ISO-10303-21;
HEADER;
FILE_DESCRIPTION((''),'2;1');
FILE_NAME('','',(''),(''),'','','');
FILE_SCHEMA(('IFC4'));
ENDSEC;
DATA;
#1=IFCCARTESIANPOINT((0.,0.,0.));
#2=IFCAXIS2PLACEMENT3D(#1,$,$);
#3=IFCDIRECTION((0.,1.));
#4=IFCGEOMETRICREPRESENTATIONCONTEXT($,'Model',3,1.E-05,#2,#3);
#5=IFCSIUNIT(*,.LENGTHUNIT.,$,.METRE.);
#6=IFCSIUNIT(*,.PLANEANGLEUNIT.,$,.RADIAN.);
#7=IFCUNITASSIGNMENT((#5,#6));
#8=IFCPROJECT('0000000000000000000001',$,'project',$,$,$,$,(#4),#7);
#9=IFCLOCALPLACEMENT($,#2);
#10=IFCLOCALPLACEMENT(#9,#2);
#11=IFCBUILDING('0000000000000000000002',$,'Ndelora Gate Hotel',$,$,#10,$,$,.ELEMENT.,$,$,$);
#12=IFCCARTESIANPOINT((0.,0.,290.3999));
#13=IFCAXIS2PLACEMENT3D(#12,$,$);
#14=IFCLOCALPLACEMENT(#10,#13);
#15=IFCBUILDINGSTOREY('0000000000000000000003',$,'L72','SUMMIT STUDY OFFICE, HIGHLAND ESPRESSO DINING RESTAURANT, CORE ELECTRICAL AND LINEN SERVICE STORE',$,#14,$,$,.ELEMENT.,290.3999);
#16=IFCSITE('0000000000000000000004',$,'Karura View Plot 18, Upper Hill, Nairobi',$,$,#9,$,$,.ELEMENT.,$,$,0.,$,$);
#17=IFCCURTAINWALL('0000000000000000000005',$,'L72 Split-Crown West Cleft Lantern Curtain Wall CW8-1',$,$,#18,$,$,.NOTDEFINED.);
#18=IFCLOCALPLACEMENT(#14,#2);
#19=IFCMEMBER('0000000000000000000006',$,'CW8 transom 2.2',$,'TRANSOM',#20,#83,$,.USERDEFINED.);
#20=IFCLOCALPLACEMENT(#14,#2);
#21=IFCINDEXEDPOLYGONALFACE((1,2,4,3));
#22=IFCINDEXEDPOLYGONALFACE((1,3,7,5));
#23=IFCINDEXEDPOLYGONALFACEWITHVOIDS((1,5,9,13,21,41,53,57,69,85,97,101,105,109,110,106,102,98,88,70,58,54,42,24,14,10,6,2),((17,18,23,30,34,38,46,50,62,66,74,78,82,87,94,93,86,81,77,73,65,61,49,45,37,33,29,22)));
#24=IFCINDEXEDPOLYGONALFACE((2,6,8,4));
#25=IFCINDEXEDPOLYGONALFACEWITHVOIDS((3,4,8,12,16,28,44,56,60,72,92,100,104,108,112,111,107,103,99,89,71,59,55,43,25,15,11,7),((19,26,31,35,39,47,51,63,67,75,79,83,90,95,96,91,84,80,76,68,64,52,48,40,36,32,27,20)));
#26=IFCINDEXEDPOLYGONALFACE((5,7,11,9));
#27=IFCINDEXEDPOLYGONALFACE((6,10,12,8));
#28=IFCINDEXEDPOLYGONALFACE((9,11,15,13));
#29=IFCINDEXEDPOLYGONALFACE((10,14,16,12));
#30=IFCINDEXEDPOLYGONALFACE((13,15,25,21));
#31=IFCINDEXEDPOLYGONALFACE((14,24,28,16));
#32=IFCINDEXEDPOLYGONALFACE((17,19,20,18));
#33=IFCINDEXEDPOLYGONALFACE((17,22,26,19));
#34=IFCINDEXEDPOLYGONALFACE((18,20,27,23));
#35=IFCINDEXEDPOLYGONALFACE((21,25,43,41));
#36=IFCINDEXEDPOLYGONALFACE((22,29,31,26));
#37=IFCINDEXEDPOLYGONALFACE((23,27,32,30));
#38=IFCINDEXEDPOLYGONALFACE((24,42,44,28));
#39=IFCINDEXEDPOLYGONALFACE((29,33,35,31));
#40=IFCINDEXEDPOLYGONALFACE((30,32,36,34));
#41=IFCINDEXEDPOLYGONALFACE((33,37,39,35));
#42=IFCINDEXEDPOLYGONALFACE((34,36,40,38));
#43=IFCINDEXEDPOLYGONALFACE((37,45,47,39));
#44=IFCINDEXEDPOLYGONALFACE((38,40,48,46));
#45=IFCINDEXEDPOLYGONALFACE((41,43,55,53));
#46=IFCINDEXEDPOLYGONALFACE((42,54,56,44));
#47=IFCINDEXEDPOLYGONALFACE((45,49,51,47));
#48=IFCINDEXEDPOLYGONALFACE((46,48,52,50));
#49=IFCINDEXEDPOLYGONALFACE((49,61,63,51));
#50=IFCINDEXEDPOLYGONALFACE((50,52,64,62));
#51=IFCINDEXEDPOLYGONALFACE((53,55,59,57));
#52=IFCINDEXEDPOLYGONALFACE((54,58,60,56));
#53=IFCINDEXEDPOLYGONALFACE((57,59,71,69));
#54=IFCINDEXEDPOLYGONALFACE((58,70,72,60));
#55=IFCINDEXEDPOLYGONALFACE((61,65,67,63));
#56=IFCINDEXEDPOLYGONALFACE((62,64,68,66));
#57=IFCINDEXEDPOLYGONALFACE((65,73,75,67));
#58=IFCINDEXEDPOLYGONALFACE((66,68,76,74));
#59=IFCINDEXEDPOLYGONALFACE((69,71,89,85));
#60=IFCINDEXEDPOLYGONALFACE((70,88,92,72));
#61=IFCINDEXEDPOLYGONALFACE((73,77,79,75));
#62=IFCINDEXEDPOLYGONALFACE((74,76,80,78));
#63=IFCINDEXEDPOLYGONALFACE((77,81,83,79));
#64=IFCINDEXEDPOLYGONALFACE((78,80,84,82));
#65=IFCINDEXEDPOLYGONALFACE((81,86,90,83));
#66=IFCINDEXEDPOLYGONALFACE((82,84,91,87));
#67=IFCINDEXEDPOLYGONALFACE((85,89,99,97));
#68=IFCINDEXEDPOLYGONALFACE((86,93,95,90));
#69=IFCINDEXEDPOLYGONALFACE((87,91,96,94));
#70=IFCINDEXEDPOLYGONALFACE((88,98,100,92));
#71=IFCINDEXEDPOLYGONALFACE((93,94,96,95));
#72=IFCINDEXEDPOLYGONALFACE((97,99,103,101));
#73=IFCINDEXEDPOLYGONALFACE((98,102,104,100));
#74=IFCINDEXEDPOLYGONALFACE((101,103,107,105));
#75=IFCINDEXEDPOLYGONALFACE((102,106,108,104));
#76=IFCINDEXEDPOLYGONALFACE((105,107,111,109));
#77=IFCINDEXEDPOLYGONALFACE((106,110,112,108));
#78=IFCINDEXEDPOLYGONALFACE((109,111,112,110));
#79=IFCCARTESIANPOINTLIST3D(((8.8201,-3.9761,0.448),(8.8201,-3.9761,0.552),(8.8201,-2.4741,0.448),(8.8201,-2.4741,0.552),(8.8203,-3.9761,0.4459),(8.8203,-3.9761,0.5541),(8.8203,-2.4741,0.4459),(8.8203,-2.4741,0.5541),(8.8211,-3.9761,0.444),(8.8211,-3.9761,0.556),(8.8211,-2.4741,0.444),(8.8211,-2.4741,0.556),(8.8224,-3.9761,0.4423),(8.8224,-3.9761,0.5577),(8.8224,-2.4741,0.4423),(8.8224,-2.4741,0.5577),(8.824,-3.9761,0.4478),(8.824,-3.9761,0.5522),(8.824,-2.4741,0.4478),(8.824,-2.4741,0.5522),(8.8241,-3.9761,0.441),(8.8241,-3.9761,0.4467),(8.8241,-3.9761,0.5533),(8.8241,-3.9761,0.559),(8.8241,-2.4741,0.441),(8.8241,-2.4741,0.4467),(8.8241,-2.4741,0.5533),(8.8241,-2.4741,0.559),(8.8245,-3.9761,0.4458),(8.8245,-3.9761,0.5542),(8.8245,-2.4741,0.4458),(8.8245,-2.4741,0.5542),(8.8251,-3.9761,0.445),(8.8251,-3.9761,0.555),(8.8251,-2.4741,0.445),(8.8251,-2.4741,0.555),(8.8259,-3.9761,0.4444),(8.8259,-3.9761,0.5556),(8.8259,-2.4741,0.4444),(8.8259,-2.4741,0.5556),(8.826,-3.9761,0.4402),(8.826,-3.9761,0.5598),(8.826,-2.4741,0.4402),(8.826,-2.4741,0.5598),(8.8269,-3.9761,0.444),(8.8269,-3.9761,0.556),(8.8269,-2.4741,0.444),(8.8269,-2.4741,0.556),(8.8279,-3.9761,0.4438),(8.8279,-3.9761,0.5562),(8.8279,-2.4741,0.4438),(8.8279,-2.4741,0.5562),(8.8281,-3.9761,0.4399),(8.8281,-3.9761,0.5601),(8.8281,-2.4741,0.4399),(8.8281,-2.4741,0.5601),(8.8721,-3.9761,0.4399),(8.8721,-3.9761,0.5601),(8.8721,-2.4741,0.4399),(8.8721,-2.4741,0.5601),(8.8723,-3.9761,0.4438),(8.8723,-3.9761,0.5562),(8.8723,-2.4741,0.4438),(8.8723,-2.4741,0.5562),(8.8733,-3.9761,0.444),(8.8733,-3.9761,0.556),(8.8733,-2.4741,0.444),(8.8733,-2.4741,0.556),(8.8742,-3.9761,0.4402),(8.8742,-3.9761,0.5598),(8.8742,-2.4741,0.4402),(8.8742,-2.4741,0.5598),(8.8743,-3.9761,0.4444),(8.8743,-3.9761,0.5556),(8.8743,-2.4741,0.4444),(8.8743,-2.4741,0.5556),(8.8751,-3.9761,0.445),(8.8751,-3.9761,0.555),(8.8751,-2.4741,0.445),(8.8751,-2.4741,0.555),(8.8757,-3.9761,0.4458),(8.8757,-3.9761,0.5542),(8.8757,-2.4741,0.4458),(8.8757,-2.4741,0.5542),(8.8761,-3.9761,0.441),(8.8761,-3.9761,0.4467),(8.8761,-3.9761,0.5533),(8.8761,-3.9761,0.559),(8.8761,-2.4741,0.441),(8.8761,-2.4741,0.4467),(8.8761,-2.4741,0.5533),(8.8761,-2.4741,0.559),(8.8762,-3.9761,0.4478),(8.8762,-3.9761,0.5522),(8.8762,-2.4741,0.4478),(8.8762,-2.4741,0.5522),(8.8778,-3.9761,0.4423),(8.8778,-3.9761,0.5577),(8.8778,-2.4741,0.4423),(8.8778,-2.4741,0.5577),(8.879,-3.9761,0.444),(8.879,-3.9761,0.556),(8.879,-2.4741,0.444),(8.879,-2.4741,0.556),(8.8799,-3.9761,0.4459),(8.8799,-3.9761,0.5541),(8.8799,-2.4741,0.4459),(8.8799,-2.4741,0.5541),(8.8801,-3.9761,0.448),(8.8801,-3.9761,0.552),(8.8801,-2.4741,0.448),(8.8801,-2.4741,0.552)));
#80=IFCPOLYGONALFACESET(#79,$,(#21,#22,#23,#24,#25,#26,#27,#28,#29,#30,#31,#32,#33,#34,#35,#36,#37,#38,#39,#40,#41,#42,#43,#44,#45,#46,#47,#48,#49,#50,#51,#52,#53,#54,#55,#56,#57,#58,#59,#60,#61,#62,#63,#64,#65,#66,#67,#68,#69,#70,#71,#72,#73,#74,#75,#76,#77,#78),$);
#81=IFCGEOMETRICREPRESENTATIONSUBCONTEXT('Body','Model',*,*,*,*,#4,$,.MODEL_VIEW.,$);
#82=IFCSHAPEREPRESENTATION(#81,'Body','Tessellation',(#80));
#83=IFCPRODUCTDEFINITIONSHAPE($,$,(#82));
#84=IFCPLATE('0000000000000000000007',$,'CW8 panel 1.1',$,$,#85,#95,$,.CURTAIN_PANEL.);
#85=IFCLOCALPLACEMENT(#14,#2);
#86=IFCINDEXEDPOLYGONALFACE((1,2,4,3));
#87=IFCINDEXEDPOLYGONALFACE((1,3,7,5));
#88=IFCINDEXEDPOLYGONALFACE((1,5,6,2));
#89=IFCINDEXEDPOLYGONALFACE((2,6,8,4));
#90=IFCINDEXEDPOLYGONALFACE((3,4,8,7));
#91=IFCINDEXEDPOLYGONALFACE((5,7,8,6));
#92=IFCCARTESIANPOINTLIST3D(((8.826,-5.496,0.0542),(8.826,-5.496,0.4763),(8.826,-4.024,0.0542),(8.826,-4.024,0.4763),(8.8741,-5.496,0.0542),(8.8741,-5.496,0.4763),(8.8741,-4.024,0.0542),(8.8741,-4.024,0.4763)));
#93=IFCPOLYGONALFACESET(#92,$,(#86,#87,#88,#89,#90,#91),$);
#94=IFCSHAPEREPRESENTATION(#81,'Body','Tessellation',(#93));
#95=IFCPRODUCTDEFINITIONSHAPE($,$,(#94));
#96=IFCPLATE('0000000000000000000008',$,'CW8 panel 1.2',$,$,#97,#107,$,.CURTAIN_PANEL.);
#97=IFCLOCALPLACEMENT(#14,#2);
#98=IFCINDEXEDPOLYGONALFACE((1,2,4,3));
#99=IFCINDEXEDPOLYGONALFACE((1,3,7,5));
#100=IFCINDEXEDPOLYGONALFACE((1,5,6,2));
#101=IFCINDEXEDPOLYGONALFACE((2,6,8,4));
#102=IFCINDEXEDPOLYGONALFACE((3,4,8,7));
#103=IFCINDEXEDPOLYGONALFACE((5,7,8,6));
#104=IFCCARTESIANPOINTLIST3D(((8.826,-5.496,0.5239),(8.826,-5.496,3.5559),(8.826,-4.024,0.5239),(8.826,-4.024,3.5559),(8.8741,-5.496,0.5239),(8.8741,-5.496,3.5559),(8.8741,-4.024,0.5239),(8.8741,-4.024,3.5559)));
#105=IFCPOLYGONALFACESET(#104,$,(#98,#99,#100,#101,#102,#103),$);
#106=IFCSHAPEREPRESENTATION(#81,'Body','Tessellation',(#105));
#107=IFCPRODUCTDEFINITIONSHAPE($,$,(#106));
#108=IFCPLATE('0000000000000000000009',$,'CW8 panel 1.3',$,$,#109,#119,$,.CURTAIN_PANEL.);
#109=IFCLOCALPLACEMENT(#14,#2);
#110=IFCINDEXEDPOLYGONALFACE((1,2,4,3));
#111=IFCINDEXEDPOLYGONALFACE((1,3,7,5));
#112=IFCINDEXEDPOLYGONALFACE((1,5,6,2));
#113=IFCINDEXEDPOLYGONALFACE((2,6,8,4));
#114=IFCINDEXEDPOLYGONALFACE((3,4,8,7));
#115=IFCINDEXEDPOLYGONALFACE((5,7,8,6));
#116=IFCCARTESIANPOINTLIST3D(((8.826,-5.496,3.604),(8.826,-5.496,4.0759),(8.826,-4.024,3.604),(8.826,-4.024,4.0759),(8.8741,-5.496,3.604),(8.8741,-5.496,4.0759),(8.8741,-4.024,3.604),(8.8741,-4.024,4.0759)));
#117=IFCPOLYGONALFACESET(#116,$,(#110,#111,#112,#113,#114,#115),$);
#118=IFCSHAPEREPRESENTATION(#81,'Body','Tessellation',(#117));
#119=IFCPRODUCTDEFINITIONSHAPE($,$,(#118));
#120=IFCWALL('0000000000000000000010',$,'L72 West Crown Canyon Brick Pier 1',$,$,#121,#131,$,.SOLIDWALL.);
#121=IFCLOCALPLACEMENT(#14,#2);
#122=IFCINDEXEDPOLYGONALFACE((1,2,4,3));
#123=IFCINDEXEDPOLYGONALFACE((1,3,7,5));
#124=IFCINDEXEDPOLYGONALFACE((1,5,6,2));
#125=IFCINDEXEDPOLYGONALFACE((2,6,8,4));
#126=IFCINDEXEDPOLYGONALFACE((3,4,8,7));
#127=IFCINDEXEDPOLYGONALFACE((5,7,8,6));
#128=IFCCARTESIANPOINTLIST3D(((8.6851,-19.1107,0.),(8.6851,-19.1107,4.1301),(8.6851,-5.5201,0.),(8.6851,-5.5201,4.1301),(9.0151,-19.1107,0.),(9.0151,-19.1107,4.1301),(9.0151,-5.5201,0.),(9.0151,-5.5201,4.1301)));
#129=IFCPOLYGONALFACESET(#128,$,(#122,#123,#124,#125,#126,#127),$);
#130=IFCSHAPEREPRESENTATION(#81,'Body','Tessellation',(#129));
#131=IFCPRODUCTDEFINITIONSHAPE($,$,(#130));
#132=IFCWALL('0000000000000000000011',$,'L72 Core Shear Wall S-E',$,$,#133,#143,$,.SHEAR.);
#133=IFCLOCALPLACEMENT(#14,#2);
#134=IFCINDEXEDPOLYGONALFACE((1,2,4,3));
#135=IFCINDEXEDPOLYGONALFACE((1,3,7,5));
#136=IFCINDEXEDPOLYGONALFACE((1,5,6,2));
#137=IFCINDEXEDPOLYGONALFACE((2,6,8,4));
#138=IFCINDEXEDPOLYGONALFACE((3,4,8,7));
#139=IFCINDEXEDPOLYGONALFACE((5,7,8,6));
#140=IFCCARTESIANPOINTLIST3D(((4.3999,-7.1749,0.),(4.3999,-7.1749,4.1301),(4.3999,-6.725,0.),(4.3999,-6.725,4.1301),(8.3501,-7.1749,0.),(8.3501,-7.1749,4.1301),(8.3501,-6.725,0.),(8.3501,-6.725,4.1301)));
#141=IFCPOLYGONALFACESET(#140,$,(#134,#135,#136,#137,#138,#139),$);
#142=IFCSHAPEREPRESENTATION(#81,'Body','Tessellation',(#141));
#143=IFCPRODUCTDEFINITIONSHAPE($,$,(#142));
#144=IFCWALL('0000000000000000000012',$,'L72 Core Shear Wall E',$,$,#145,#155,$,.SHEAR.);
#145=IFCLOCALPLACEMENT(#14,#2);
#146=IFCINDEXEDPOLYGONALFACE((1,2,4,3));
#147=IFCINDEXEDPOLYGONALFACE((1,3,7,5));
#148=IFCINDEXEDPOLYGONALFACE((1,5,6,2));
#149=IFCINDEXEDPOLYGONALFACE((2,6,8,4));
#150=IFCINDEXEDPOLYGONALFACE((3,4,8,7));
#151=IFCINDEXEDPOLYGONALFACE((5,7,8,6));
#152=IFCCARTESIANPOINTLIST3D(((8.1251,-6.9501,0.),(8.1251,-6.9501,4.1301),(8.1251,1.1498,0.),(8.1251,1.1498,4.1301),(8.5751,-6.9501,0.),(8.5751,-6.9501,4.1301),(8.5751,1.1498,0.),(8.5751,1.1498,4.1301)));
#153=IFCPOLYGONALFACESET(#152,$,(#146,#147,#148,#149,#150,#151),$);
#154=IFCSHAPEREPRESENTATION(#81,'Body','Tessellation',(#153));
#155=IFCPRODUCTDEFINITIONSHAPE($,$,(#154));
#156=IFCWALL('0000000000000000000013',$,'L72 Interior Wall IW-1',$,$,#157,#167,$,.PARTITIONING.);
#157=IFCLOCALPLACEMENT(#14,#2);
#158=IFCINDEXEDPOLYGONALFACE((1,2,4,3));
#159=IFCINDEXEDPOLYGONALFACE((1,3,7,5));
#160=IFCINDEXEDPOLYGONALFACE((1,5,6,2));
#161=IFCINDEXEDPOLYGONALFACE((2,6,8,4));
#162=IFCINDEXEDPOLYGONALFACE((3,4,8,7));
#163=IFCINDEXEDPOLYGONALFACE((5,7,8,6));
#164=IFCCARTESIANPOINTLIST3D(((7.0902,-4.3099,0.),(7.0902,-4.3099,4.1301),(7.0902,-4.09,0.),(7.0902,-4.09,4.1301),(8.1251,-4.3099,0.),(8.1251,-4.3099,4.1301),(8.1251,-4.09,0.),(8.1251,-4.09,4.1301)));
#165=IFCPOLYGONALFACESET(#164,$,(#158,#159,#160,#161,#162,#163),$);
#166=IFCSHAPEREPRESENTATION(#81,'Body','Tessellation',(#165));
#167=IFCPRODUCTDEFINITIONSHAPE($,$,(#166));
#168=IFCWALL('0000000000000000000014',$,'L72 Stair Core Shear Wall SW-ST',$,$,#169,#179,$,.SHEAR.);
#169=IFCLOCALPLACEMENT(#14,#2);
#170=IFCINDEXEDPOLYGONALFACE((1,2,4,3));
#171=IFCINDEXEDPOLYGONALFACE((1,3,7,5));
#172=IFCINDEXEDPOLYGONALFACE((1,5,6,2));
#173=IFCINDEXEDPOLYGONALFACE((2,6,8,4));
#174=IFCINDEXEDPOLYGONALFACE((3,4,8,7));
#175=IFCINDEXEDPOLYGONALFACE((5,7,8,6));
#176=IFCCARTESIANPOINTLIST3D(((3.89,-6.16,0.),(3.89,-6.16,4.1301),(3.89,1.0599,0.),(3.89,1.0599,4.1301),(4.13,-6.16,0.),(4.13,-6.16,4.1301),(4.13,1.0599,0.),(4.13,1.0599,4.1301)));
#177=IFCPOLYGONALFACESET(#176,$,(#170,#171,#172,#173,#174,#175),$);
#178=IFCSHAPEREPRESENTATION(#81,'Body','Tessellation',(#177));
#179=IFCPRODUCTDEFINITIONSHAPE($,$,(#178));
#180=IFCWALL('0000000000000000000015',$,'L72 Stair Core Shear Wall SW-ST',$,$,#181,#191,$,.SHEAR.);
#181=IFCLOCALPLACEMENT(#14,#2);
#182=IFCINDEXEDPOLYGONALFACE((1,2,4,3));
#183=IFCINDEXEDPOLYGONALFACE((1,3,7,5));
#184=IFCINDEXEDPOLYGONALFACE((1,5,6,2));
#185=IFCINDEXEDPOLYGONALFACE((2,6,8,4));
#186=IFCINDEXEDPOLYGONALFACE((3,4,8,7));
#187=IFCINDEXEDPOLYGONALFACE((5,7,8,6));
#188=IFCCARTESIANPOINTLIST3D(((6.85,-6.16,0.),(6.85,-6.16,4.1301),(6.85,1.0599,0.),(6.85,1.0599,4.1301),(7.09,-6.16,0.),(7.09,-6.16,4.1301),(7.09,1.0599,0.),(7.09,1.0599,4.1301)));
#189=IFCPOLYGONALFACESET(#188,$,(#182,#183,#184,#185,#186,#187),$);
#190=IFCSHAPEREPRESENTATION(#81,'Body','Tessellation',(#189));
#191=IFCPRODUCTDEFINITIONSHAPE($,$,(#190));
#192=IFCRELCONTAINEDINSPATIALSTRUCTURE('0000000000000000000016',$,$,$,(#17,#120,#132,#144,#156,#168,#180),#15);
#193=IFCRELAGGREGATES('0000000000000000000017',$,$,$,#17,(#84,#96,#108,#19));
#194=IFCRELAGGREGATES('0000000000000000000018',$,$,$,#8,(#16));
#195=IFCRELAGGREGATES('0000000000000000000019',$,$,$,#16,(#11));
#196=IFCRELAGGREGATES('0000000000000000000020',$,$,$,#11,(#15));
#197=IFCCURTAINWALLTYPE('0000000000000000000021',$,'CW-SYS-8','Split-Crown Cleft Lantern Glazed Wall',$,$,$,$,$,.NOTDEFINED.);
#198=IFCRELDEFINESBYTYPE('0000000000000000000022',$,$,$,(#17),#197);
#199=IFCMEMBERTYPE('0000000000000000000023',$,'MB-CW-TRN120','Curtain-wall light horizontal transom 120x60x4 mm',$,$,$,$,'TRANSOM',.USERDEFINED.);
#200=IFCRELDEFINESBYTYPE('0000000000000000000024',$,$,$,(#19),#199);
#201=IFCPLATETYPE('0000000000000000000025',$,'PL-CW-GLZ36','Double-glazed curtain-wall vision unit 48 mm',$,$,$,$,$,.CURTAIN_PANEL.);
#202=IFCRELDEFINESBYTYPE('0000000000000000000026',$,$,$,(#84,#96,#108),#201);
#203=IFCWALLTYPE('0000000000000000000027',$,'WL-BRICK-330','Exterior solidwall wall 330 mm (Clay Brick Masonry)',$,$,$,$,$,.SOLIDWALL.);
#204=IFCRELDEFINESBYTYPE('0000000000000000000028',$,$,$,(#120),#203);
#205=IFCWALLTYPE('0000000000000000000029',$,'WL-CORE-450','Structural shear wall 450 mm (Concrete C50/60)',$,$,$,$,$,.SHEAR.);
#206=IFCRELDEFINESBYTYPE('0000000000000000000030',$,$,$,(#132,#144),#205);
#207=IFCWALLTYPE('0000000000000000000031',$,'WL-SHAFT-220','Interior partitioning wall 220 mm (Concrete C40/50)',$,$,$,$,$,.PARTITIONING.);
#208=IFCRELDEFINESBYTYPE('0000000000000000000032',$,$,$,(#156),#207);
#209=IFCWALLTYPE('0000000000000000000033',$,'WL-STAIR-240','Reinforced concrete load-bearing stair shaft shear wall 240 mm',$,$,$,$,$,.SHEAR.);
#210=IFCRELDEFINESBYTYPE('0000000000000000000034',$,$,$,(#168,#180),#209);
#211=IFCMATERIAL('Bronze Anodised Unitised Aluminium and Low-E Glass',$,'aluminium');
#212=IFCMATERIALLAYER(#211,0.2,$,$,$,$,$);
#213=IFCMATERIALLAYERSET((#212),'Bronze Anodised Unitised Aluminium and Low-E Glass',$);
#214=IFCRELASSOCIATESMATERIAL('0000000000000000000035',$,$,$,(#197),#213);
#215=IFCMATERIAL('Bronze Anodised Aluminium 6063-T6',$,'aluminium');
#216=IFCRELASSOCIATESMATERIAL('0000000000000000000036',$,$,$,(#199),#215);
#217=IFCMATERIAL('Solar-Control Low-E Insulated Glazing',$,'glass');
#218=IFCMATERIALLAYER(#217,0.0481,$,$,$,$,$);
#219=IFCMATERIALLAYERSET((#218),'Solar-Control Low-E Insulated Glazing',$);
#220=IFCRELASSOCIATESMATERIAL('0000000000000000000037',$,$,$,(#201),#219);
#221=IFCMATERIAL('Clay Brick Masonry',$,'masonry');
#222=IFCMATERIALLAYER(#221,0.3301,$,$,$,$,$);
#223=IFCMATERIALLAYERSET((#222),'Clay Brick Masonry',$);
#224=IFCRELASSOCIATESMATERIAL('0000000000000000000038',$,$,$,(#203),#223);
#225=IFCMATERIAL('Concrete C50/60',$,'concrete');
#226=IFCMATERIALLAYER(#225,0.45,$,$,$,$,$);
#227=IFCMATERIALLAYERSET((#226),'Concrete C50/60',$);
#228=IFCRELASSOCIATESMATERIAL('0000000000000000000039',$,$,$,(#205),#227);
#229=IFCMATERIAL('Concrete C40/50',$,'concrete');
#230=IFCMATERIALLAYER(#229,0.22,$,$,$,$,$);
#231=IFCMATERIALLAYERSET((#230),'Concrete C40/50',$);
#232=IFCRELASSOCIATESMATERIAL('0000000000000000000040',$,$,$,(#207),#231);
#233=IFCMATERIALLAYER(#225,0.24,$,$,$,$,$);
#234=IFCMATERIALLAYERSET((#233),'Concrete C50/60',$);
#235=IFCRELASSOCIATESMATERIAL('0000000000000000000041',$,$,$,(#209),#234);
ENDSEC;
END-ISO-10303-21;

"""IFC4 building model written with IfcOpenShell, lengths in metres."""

from ifc_helpers import new_model, si_unit, direction, frame, frame_2d, origin, origin_2d, place, context, subcontext, project, spatial, rectangle, hollow_rectangle, extrude, material, layer, layer_set, material_profile, profile_set, type_object, element, aggregate, save


model = new_model("IFC4")

# Units and contexts
model_context = context("Model", 3, precision=1e-05, world=origin(), true_north=direction((0.0, 1.0)))
body_context = subcontext(model_context, "Body", "Model", "MODEL_VIEW")
ifc_project = project(units=[si_unit("LENGTHUNIT", "METRE"), si_unit("PLANEANGLEUNIT", "RADIAN")], contexts=[model_context])

# Site, building, storey
site_placement = place(None, origin())
site = spatial("IfcSite", under=ifc_project, at=site_placement, Name="Karura View Plot 18, Upper Hill, Nairobi", CompositionType="ELEMENT", RefElevation=0.0)
building_placement = place(site_placement, origin())
building = spatial("IfcBuilding", under=site, at=building_placement, Name="Ndelora Gate Hotel", CompositionType="ELEMENT")
storey_placement = place(building_placement, frame((0.0, 0.0, 290.3999)))
storey = spatial("IfcBuildingStorey", under=building, at=storey_placement, Name="L72", Description="SUMMIT STUDY OFFICE, HIGHLAND ESPRESSO DINING RESTAURANT, CORE ELECTRICAL AND LINEN SERVICE STORE", CompositionType="ELEMENT", Elevation=290.3999)

# Shared definitions
ifc_material_1 = material(Name="Concrete C50/60", Category="concrete")

# Curtain wall, member, plates
ifc_material_2 = material(Name="Bronze Anodised Unitised Aluminium and Low-E Glass", Category="aluminium")
ifc_layer_1 = layer(ifc_material_2, 0.2)
ifc_layer_set_1 = layer_set([ifc_layer_1], Name="Bronze Anodised Unitised Aluminium and Low-E Glass")
curtain_wall_type = type_object("IfcCurtainWallType", Name="CW-SYS-8", Description="Split-Crown Cleft Lantern Glazed Wall", PredefinedType="NOTDEFINED", material=ifc_layer_set_1)
curtain_wall_placement = place(storey_placement, origin())
curtain_wall = element("IfcCurtainWall", 1, at=curtain_wall_placement, inside=storey, type_object=curtain_wall_type, Name="L72 Split-Crown West Cleft Lantern Curtain Wall CW8-1", PredefinedType="NOTDEFINED")
ifc_material_3 = material(Name="Bronze Anodised Aluminium 6063-T6", Category="aluminium")
ifc_material_profile_1 = material_profile(ifc_material_3, hollow_rectangle(XDim=0.0601, YDim=0.1201, WallThickness=0.0039, InnerFilletRadius=0.0039, OuterFilletRadius=0.0081, at=origin_2d()), Name="ALU 120x60x4")
ifc_profile_set_1 = profile_set([ifc_material_profile_1], Name="Bronze Anodised Aluminium 6063-T6")
member_type_1 = type_object("IfcMemberType", Name="MB-CW-TRN120", Description="Curtain-wall light horizontal transom 120x60x4 mm", ElementType="TRANSOM", PredefinedType="USERDEFINED", material=ifc_profile_set_1)
member_1_placement = place(storey_placement, frame((8.8501, -3.9761, 0.5), z_axis=(0.0, 1.0, 0.0), x_axis=(-1.0, 0.0, 0.0)))
member_1 = element("IfcMember", 2, at=member_1_placement, type_object=member_type_1, Name="CW8 transom 2.2", ObjectType="TRANSOM", PredefinedType="USERDEFINED", context=body_context, shape_type="SweptSolid", body=[
    extrude(hollow_rectangle(XDim=0.0601, YDim=0.1201, WallThickness=0.0039, InnerFilletRadius=0.0039, OuterFilletRadius=0.0081, at=origin_2d()), origin(), (0.0, 0.0, 1.0), 1.502),
])
ifc_material_4 = material(Name="Solar-Control Low-E Insulated Glazing", Category="glass")
ifc_layer_2 = layer(ifc_material_4, 0.0481)
ifc_layer_set_2 = layer_set([ifc_layer_2], Name="Solar-Control Low-E Insulated Glazing")
plate_type = type_object("IfcPlateType", Name="PL-CW-GLZ36", Description="Double-glazed curtain-wall vision unit 48 mm", PredefinedType="CURTAIN_PANEL", material=ifc_layer_set_2)
plate_1_placement = place(storey_placement, frame((8.8501, -4.76, 0.0542), z_axis=(0.0, 0.0, 1.0), x_axis=(0.0, 1.0, 0.0)))
plate_1 = element("IfcPlate", 3, at=plate_1_placement, type_object=plate_type, Name="CW8 panel 1.1", PredefinedType="CURTAIN_PANEL", context=body_context, shape_type="SweptSolid", body=[
    extrude(rectangle(XDim=1.4719, YDim=0.0481, at=origin_2d()), origin(), (0.0, 0.0, 1.0), 0.4221),
])
plate_2_placement = place(storey_placement, frame((8.8501, -4.76, 0.5239), z_axis=(0.0, 0.0, 1.0), x_axis=(0.0, 1.0, 0.0)))
plate_2 = element("IfcPlate", 4, at=plate_2_placement, type_object=plate_type, Name="CW8 panel 1.2", PredefinedType="CURTAIN_PANEL", context=body_context, shape_type="SweptSolid", body=[
    extrude(rectangle(XDim=1.4719, YDim=0.0481, at=origin_2d()), origin(), (0.0, 0.0, 1.0), 3.032),
])
plate_3_placement = place(storey_placement, frame((8.8501, -4.76, 3.604), z_axis=(0.0, 0.0, 1.0), x_axis=(0.0, 1.0, 0.0)))
plate_3 = element("IfcPlate", 5, at=plate_3_placement, type_object=plate_type, Name="CW8 panel 1.3", PredefinedType="CURTAIN_PANEL", context=body_context, shape_type="SweptSolid", body=[
    extrude(rectangle(XDim=1.4719, YDim=0.0481, at=origin_2d()), origin(), (0.0, 0.0, 1.0), 0.4719),
])
aggregate(curtain_wall, [plate_1, plate_2, plate_3, member_1])

# Walls
ifc_material_5 = material(Name="Clay Brick Masonry", Category="masonry")
ifc_layer_3 = layer(ifc_material_5, 0.3301)
ifc_layer_set_3 = layer_set([ifc_layer_3], Name="Clay Brick Masonry")
wall_type_1 = type_object("IfcWallType", Name="WL-BRICK-330", Description="Exterior solidwall wall 330 mm (Clay Brick Masonry)", PredefinedType="SOLIDWALL", material=ifc_layer_set_3)
wall_1_placement = place(storey_placement, frame((8.8501, -5.52, 0.0), z_axis=(0.0, 0.0, 1.0), x_axis=(0.0, -1.0, 0.0)))
element("IfcWall", 6, at=wall_1_placement, inside=storey, type_object=wall_type_1, Name="L72 West Crown Canyon Brick Pier 1", PredefinedType="SOLIDWALL", context=body_context, shape_type="SweptSolid", body=[
    extrude(rectangle(XDim=13.5906, YDim=0.3301, at=frame_2d((6.7954, 0.0))), origin(), (0.0, 0.0, 1.0), 4.1301),
])
ifc_layer_4 = layer(ifc_material_1, 0.45)
ifc_layer_set_4 = layer_set([ifc_layer_4], Name="Concrete C50/60")
wall_type_2 = type_object("IfcWallType", Name="WL-CORE-450", Description="Structural shear wall 450 mm (Concrete C50/60)", PredefinedType="SHEAR", material=ifc_layer_set_4)
wall_2_placement = place(storey_placement, frame((4.3999, -6.95, 0.0), z_axis=(0.0, 0.0, 1.0), x_axis=(1.0, 0.0, 0.0)))
element("IfcWall", 7, at=wall_2_placement, inside=storey, type_object=wall_type_2, Name="L72 Core Shear Wall S-E", PredefinedType="SHEAR", context=body_context, shape_type="SweptSolid", body=[
    extrude(rectangle(XDim=3.9502, YDim=0.45, at=frame_2d((1.9751, 0.0))), origin(), (0.0, 0.0, 1.0), 4.1301),
])
wall_3_placement = place(storey_placement, frame((8.3501, -6.95, 0.0), z_axis=(0.0, 0.0, 1.0), x_axis=(0.0, 1.0, 0.0)))
element("IfcWall", 8, at=wall_3_placement, inside=storey, type_object=wall_type_2, Name="L72 Core Shear Wall E", PredefinedType="SHEAR", context=body_context, shape_type="SweptSolid", body=[
    extrude(rectangle(XDim=8.0999, YDim=0.45, at=frame_2d((4.0498, 0.0))), origin(), (0.0, 0.0, 1.0), 4.1301),
])
ifc_material_6 = material(Name="Concrete C40/50", Category="concrete")
ifc_layer_5 = layer(ifc_material_6, 0.22)
ifc_layer_set_5 = layer_set([ifc_layer_5], Name="Concrete C40/50")
wall_type_3 = type_object("IfcWallType", Name="WL-SHAFT-220", Description="Interior partitioning wall 220 mm (Concrete C40/50)", PredefinedType="PARTITIONING", material=ifc_layer_set_5)
wall_4_placement = place(storey_placement, frame((7.0901, -4.2, 0.0), z_axis=(0.0, 0.0, 1.0), x_axis=(1.0, 0.0, 0.0)))
element("IfcWall", 9, at=wall_4_placement, inside=storey, type_object=wall_type_3, Name="L72 Interior Wall IW-1", PredefinedType="PARTITIONING", context=body_context, shape_type="SweptSolid", body=[
    extrude(rectangle(XDim=1.0349, YDim=0.22, at=frame_2d((0.5176, 0.0))), origin(), (0.0, 0.0, 1.0), 4.1301),
])
ifc_layer_6 = layer(ifc_material_1, 0.24)
ifc_layer_set_6 = layer_set([ifc_layer_6], Name="Concrete C50/60")
wall_type_4 = type_object("IfcWallType", Name="WL-STAIR-240", Description="Reinforced concrete load-bearing stair shaft shear wall 240 mm", PredefinedType="SHEAR", material=ifc_layer_set_6)
for number, where, z_axis, x_axis, name in (
    (10, (4.01, -6.1599, 0.0), (0.0, 0.0, 1.0), (0.0, 1.0, 0.0), "L72 Stair Core Shear Wall SW-ST"),
    (11, (6.97, -6.1599, 0.0), (0.0, 0.0, 1.0), (0.0, 1.0, 0.0), "L72 Stair Core Shear Wall SW-ST"),
):
    element("IfcWall", number, at=place(storey_placement, frame(where, z_axis=z_axis, x_axis=x_axis)), inside=storey, type_object=wall_type_4, Name=name, PredefinedType="SHEAR", context=body_context, shape_type="SweptSolid", body=[
        extrude(rectangle(XDim=7.22, YDim=0.24, at=frame_2d((3.6099, 0.0))), origin(), (0.0, 0.0, 1.0), 4.1301),
    ])

save(model, "model.ifc")
